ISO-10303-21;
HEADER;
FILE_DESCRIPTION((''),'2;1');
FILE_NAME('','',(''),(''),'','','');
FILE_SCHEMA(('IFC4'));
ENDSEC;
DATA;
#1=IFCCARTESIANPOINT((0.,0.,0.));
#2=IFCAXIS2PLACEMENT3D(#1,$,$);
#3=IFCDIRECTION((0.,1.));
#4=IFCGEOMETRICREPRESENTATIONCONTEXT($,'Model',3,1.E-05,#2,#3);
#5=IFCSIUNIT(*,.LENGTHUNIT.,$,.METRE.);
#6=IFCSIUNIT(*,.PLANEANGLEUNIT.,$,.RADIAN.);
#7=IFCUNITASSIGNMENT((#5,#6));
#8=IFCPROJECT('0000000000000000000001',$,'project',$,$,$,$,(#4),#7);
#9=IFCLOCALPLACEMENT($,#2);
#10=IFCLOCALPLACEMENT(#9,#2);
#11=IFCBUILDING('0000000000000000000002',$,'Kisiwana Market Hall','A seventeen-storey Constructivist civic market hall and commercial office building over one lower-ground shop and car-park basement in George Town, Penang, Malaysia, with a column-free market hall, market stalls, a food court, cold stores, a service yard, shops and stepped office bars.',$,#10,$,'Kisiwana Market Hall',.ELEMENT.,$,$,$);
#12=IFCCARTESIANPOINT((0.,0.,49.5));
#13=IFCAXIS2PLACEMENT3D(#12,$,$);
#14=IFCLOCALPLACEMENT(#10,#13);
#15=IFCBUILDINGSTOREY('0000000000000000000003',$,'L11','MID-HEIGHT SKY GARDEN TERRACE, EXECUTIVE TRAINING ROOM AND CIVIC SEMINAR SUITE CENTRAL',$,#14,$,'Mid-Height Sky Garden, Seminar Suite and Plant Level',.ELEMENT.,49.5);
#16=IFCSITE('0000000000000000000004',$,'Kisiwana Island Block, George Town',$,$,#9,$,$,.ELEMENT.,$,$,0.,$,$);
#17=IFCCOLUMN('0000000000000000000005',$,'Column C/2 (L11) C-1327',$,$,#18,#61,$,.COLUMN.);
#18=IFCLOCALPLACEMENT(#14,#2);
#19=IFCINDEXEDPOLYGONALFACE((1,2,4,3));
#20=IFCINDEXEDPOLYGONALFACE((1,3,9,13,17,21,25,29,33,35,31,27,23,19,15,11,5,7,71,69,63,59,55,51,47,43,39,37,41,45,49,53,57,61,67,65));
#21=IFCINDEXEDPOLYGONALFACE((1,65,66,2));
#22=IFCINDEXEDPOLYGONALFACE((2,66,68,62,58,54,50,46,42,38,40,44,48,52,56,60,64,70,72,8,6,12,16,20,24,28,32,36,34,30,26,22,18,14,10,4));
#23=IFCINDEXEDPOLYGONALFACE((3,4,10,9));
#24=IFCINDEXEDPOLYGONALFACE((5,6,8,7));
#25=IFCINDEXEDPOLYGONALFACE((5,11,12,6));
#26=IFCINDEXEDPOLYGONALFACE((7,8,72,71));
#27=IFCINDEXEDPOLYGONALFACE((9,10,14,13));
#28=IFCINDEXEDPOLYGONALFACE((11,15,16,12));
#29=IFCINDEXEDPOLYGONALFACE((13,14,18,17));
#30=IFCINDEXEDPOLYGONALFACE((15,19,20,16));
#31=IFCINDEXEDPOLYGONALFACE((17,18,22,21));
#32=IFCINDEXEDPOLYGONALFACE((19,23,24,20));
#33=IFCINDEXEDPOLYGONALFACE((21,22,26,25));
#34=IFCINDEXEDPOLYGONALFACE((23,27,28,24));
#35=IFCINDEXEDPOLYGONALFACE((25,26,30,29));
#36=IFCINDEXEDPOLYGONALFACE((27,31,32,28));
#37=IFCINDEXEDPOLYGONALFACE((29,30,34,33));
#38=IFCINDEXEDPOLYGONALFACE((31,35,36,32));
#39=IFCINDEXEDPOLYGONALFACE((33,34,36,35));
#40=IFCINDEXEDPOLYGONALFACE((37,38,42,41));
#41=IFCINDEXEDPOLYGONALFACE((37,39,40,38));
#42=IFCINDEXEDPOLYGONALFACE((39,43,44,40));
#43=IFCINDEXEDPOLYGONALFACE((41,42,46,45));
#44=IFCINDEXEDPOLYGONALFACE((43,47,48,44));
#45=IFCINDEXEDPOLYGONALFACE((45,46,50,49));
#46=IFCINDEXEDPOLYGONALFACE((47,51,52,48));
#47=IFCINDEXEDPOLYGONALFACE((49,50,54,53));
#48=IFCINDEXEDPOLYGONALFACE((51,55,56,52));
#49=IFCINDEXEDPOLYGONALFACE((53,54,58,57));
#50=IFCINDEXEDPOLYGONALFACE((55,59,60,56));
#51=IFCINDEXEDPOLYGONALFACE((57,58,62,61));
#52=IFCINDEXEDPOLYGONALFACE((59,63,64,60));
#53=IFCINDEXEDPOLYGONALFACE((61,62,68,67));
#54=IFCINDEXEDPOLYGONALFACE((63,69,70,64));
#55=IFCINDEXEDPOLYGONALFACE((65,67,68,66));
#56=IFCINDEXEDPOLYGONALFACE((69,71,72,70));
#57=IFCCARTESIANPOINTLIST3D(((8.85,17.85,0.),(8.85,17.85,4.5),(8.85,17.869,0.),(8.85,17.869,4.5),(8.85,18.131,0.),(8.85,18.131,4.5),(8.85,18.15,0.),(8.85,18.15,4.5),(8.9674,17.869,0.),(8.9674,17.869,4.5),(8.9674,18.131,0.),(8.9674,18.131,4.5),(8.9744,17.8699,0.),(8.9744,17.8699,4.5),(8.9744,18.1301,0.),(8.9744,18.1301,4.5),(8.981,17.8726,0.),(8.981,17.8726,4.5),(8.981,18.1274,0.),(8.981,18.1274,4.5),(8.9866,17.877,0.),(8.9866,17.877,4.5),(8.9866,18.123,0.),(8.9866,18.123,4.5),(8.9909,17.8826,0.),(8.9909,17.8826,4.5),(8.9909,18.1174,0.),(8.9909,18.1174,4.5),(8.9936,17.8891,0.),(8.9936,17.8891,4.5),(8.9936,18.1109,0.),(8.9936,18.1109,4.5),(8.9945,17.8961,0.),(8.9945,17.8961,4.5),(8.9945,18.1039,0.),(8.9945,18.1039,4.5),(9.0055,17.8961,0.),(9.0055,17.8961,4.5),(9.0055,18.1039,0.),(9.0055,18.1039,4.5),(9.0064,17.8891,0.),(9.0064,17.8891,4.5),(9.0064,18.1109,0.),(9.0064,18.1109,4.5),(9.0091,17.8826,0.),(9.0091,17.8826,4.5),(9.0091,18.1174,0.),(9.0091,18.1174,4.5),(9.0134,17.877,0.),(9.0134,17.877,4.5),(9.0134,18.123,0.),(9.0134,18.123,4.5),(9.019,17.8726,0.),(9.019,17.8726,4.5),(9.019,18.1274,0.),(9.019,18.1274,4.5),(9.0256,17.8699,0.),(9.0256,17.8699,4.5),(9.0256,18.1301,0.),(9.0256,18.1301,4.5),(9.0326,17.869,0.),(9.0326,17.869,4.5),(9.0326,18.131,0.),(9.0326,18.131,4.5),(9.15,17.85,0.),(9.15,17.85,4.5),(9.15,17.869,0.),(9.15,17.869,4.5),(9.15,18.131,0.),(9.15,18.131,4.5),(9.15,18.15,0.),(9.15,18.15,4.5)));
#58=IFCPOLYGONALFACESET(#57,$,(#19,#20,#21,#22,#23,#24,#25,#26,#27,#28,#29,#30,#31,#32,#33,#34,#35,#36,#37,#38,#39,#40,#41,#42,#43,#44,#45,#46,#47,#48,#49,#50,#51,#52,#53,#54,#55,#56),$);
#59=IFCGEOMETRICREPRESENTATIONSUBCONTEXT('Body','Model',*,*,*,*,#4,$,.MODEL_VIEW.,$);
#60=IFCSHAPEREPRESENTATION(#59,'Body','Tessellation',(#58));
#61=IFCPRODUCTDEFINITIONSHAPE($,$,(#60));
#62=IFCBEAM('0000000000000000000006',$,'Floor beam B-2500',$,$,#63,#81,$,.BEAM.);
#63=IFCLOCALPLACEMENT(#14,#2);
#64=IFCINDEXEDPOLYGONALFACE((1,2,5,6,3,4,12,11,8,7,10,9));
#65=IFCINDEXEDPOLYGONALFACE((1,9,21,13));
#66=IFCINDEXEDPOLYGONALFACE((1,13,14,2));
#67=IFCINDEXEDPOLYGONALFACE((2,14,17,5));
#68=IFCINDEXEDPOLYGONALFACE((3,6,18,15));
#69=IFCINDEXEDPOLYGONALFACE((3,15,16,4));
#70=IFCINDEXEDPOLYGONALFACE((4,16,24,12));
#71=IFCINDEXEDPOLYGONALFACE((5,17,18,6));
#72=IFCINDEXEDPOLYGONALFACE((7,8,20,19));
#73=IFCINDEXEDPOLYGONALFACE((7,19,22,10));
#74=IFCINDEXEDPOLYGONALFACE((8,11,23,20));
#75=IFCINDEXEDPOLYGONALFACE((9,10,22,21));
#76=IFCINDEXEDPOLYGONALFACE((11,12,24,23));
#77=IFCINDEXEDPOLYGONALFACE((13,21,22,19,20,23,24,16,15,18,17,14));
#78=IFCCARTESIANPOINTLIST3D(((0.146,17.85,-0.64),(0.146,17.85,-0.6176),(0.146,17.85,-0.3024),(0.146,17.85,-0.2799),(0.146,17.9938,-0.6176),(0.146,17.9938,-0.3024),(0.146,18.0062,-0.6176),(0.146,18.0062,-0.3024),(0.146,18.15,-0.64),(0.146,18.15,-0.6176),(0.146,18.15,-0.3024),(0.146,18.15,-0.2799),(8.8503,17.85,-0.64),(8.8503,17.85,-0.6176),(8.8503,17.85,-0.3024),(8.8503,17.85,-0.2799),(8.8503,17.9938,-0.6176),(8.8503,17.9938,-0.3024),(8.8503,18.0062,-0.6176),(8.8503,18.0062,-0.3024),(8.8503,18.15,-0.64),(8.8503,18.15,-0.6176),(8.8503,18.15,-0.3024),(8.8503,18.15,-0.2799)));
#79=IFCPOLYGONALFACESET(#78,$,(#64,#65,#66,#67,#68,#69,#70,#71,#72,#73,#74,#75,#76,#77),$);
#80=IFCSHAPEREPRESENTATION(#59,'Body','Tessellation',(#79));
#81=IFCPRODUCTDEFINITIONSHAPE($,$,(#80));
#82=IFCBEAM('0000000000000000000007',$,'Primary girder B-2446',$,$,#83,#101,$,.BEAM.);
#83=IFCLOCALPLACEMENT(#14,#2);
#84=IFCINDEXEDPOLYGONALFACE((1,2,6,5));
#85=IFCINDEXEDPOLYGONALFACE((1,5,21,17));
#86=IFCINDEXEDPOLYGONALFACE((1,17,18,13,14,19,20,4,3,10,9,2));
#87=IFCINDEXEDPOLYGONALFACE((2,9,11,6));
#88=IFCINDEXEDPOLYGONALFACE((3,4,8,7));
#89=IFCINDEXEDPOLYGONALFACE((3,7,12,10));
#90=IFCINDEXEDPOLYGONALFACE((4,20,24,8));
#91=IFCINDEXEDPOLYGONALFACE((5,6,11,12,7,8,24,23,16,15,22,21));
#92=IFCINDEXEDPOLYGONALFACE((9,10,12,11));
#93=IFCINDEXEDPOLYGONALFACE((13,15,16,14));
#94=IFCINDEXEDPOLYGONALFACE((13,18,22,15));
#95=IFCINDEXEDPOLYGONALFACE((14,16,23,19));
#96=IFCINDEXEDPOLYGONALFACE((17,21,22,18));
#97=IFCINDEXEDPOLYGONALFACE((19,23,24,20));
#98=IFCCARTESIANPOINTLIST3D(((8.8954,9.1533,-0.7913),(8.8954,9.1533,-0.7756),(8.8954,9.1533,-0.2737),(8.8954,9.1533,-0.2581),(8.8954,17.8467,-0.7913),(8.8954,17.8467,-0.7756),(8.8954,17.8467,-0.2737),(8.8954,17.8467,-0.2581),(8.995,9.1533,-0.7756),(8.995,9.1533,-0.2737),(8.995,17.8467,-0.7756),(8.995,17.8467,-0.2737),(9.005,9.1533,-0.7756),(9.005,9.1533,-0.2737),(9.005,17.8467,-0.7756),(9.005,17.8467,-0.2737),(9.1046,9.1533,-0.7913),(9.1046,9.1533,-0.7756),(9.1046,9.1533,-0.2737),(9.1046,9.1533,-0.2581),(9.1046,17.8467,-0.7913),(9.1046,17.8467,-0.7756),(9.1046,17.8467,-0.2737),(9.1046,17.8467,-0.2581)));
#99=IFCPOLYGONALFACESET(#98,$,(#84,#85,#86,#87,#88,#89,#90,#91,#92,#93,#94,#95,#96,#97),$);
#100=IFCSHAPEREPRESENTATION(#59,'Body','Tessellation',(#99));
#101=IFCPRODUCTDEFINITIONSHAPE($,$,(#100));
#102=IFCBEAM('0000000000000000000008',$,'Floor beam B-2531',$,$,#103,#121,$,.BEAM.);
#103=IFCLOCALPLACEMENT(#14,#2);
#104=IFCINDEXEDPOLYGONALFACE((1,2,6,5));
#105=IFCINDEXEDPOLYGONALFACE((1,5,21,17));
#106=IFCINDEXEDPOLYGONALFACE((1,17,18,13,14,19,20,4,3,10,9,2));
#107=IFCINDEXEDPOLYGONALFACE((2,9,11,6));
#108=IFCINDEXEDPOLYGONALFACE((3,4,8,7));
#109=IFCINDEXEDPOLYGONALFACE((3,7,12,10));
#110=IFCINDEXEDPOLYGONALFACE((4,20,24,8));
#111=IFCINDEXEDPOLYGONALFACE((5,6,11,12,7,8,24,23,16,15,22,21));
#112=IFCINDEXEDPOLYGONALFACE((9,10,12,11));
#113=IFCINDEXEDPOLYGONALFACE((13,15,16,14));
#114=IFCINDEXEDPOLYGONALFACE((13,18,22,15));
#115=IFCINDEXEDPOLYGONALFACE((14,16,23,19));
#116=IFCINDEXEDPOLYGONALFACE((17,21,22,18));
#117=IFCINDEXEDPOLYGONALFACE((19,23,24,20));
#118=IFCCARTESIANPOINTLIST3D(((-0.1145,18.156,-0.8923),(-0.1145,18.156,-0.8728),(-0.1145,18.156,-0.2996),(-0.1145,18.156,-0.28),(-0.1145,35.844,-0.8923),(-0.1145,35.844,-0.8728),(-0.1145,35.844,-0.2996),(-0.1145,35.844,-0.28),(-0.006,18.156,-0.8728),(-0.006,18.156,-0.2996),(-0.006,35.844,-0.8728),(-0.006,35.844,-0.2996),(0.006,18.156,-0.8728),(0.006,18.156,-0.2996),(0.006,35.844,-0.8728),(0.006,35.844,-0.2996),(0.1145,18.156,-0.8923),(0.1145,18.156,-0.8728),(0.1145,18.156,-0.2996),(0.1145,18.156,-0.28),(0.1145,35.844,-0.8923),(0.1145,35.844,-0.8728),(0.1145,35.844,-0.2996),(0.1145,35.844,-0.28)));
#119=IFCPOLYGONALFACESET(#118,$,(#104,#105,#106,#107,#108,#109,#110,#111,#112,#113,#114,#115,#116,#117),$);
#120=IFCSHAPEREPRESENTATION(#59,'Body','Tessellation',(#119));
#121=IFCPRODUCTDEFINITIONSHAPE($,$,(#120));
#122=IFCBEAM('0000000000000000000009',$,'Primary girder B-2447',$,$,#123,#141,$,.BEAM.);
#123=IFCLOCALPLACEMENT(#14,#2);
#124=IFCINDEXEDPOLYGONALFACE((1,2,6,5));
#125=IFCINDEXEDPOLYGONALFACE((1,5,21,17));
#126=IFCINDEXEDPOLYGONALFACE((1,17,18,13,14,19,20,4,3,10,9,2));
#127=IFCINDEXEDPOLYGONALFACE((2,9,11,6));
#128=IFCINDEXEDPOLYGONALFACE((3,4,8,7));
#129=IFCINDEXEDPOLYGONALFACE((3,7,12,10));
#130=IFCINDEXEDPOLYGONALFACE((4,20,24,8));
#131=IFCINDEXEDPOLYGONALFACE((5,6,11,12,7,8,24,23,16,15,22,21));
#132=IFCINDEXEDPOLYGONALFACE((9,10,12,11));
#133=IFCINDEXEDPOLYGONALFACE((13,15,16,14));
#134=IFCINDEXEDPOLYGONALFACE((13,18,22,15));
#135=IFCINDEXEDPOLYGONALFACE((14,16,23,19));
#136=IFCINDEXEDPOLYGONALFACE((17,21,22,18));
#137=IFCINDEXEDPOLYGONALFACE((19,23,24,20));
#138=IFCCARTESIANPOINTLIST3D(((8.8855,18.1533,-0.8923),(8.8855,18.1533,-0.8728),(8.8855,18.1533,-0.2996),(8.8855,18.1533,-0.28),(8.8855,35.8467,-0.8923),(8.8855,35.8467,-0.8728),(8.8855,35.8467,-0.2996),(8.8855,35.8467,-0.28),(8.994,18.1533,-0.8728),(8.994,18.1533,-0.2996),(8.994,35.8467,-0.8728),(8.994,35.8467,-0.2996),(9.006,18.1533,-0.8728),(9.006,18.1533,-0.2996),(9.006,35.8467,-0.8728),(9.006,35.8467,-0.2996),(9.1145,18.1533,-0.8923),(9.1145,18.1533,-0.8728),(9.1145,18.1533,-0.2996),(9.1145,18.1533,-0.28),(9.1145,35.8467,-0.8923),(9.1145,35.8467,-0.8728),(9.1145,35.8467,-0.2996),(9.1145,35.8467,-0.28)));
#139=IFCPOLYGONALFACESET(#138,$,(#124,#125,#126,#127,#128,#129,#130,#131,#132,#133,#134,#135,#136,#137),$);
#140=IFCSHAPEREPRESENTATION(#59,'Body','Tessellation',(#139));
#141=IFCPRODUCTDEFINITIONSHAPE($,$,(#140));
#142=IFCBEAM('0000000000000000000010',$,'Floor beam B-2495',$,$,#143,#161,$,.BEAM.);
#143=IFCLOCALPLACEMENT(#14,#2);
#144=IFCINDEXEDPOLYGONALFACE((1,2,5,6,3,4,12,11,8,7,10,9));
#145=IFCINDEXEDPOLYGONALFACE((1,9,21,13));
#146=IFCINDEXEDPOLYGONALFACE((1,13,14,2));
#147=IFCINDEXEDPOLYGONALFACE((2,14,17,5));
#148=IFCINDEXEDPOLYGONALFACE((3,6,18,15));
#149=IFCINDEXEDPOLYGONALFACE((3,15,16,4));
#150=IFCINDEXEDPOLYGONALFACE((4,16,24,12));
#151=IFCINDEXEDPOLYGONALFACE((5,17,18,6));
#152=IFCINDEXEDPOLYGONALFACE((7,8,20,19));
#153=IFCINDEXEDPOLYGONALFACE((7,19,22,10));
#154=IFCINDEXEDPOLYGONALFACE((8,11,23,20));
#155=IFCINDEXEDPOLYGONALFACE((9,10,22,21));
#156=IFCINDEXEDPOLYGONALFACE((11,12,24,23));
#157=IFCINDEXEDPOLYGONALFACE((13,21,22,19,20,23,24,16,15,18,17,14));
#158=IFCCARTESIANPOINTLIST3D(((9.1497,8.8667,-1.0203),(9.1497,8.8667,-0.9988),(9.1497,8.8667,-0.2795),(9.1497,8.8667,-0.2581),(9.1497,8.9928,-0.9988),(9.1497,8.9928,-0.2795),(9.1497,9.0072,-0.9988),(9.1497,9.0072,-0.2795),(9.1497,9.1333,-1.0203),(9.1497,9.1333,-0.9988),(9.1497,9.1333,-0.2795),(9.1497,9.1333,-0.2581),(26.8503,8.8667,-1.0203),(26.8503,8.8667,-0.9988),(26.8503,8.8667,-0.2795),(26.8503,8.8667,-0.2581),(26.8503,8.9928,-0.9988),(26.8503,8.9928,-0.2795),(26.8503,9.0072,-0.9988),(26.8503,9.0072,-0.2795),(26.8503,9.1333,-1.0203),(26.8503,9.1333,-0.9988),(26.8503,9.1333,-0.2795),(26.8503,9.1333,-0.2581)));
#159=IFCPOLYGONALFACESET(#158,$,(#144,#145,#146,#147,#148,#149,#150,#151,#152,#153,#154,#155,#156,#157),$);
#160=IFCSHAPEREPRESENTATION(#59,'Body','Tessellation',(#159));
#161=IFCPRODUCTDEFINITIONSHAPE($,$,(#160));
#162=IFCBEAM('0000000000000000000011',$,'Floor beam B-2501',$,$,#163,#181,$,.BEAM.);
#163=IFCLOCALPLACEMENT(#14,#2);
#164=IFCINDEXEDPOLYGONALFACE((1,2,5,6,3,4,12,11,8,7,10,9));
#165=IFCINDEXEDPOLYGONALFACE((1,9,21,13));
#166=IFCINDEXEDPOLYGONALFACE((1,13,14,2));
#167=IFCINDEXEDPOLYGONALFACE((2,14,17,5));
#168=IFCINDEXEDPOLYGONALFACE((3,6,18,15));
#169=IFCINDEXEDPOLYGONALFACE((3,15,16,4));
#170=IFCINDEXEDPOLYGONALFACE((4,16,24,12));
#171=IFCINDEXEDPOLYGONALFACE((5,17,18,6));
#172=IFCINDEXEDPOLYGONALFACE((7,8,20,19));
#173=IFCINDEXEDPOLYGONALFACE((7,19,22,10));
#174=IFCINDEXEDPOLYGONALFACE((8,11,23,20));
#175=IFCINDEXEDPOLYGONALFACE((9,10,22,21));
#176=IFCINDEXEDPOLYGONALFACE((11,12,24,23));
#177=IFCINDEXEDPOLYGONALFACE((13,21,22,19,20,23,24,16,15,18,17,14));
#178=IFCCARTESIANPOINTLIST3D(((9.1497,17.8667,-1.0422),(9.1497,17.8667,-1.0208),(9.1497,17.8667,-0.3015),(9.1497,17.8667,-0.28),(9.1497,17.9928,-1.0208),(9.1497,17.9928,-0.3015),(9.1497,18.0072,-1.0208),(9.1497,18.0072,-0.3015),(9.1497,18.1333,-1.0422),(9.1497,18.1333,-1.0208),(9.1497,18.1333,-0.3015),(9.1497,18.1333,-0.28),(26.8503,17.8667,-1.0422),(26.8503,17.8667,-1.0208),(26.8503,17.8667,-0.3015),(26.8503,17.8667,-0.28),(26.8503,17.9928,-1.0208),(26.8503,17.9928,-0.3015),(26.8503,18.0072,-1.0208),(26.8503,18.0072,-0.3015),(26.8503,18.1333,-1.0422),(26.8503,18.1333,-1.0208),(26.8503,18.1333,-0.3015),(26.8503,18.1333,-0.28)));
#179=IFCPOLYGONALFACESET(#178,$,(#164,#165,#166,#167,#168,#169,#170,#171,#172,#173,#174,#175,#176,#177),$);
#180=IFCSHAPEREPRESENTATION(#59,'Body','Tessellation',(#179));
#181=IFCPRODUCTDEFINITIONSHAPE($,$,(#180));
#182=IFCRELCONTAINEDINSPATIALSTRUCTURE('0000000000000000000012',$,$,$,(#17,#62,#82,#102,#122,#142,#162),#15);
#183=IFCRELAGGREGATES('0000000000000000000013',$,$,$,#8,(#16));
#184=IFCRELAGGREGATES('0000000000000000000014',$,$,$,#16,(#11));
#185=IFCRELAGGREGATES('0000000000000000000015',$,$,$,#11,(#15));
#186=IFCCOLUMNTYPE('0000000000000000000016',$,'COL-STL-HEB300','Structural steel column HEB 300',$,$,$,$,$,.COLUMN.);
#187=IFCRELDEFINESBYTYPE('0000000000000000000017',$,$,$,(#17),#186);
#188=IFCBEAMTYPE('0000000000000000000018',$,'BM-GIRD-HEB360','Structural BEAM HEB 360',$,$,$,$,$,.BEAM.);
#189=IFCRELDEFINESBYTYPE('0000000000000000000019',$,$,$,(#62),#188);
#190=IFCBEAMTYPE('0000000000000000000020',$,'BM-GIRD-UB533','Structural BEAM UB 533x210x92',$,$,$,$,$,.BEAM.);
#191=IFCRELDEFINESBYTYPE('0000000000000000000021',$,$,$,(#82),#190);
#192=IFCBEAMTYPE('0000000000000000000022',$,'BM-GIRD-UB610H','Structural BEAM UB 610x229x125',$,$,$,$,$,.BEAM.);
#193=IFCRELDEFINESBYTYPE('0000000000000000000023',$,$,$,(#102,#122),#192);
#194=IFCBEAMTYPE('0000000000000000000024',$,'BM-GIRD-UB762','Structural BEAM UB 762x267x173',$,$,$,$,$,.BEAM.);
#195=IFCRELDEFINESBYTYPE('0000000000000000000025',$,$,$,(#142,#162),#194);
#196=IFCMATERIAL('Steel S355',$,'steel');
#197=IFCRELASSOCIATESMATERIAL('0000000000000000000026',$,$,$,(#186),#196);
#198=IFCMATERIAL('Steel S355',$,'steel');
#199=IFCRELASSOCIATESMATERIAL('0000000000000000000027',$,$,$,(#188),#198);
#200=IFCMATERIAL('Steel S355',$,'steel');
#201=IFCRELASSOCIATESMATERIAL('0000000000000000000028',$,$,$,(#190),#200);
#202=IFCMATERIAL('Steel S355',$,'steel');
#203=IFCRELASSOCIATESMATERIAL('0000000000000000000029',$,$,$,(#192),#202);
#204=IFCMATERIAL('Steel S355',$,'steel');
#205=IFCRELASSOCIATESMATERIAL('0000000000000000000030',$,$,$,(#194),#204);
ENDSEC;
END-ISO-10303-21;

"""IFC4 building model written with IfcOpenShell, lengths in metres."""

from ifc_helpers import new_model, si_unit, direction, frame, origin, origin_2d, place, context, subcontext, project, spatial, i_section, extrude, material, material_profile, profile_set, type_object, element, save


model = new_model("IFC4")

# Units and contexts
model_context = context("Model", 3, precision=1e-05, world=origin(), true_north=direction((0.0, 1.0)))
body_context = subcontext(model_context, "Body", "Model", "MODEL_VIEW")
ifc_project = project(units=[si_unit("LENGTHUNIT", "METRE"), si_unit("PLANEANGLEUNIT", "RADIAN")], contexts=[model_context])

# Site, building, storey
site_placement = place(None, origin())
site = spatial("IfcSite", under=ifc_project, at=site_placement, Name="Kisiwana Island Block, George Town", CompositionType="ELEMENT", RefElevation=0.0)
building_placement = place(site_placement, origin())
building = spatial("IfcBuilding", under=site, at=building_placement, Name="Kisiwana Market Hall", Description="A seventeen-storey Constructivist civic market hall and commercial office building over one lower-ground shop and car-park basement in George Town, Penang, Malaysia, with a column-free market hall, market stalls, a food court, cold stores, a service yard, shops and stepped office bars.", LongName="Kisiwana Market Hall", CompositionType="ELEMENT")
storey_placement = place(building_placement, frame((0.0, 0.0, 49.5)))
storey = spatial("IfcBuildingStorey", under=building, at=storey_placement, Name="L11", Description="MID-HEIGHT SKY GARDEN TERRACE, EXECUTIVE TRAINING ROOM AND CIVIC SEMINAR SUITE CENTRAL", LongName="Mid-Height Sky Garden, Seminar Suite and Plant Level", CompositionType="ELEMENT", Elevation=49.5)

# Column
ifc_material_1 = material(Name="Steel S355", Category="steel")
ifc_material_profile_1 = material_profile(ifc_material_1, i_section(OverallWidth=0.3, OverallDepth=0.3, WebThickness=0.011, FlangeThickness=0.019, FilletRadius=0.0271, at=origin_2d()), Name="HEB 300")
ifc_profile_set_1 = profile_set([ifc_material_profile_1], Name="Steel S355")
column_type = type_object("IfcColumnType", Name="COL-STL-HEB300", Description="Structural steel column HEB 300", PredefinedType="COLUMN", material=ifc_profile_set_1)
column_placement = place(storey_placement, frame((9.0, 18.0, 0.0), z_axis=(0.0, 0.0, 1.0), x_axis=(1.0, 0.0, 0.0)))
element("IfcColumn", 1, at=column_placement, inside=storey, type_object=column_type, Name="Column C/2 (L11) C-1327", PredefinedType="COLUMN", context=body_context, shape_type="SweptSolid", body=[
    extrude(i_section(OverallWidth=0.3, OverallDepth=0.3, WebThickness=0.011, FlangeThickness=0.019, FilletRadius=0.0271, at=origin_2d()), origin(), (0.0, 0.0, 1.0), 4.5),
])

# Beams
ifc_material_2 = material(Name="Steel S355", Category="steel")
ifc_material_profile_2 = material_profile(ifc_material_2, i_section(OverallWidth=0.3, OverallDepth=0.3601, WebThickness=0.0125, FlangeThickness=0.0225, at=origin_2d()), Name="HEB 360")
ifc_profile_set_2 = profile_set([ifc_material_profile_2], Name="Steel S355")
beam_type_1 = type_object("IfcBeamType", Name="BM-GIRD-HEB360", Description="Structural BEAM HEB 360", PredefinedType="BEAM", material=ifc_profile_set_2)
beam_1_placement = place(storey_placement, frame((0.146, 18.0, -0.46), z_axis=(1.0, 0.0, 0.0), x_axis=(0.0, 1.0, 0.0)))
element("IfcBeam", 2, at=beam_1_placement, inside=storey, type_object=beam_type_1, Name="Floor beam B-2500", PredefinedType="BEAM", context=body_context, shape_type="SweptSolid", body=[
    extrude(i_section(OverallWidth=0.3, OverallDepth=0.3601, WebThickness=0.0125, FlangeThickness=0.0225, at=origin_2d()), origin(), (0.0, 0.0, 1.0), 8.7043),
])
ifc_material_3 = material(Name="Steel S355", Category="steel")
ifc_material_profile_3 = material_profile(ifc_material_3, i_section(OverallWidth=0.2092, OverallDepth=0.5332, WebThickness=0.01, FlangeThickness=0.0156, at=origin_2d()), Name="UB 533x210x92")
ifc_profile_set_3 = profile_set([ifc_material_profile_3], Name="Steel S355")
beam_type_2 = type_object("IfcBeamType", Name="BM-GIRD-UB533", Description="Structural BEAM UB 533x210x92", PredefinedType="BEAM", material=ifc_profile_set_3)
beam_2_placement = place(storey_placement, frame((9.0, 9.1533, -0.5247), z_axis=(0.0, 1.0, 0.0), x_axis=(-1.0, 0.0, 0.0)))
element("IfcBeam", 3, at=beam_2_placement, inside=storey, type_object=beam_type_2, Name="Primary girder B-2446", PredefinedType="BEAM", context=body_context, shape_type="SweptSolid", body=[
    extrude(i_section(OverallWidth=0.2092, OverallDepth=0.5332, WebThickness=0.01, FlangeThickness=0.0156, at=origin_2d()), origin(), (0.0, 0.0, 1.0), 8.6934),
])
ifc_material_4 = material(Name="Steel S355", Category="steel")
ifc_material_profile_4 = material_profile(ifc_material_4, i_section(OverallWidth=0.229, OverallDepth=0.6123, WebThickness=0.012, FlangeThickness=0.0195, at=origin_2d()), Name="UB 610x229x125")
ifc_profile_set_4 = profile_set([ifc_material_profile_4], Name="Steel S355")
beam_type_3 = type_object("IfcBeamType", Name="BM-GIRD-UB610H", Description="Structural BEAM UB 610x229x125", PredefinedType="BEAM", material=ifc_profile_set_4)
beam_3_placement = place(storey_placement, frame((0.0, 18.156, -0.5862), z_axis=(0.0, 1.0, 0.0), x_axis=(-1.0, 0.0, 0.0)))
element("IfcBeam", 4, at=beam_3_placement, inside=storey, type_object=beam_type_3, Name="Floor beam B-2531", PredefinedType="BEAM", context=body_context, shape_type="SweptSolid", body=[
    extrude(i_section(OverallWidth=0.229, OverallDepth=0.6123, WebThickness=0.012, FlangeThickness=0.0195, at=origin_2d()), origin(), (0.0, 0.0, 1.0), 17.688),
])
beam_4_placement = place(storey_placement, frame((9.0, 18.1533, -0.5862), z_axis=(0.0, 1.0, 0.0), x_axis=(-1.0, 0.0, 0.0)))
element("IfcBeam", 5, at=beam_4_placement, inside=storey, type_object=beam_type_3, Name="Primary girder B-2447", PredefinedType="BEAM", context=body_context, shape_type="SweptSolid", body=[
    extrude(i_section(OverallWidth=0.229, OverallDepth=0.6123, WebThickness=0.012, FlangeThickness=0.0195, at=origin_2d()), origin(), (0.0, 0.0, 1.0), 17.6934),
])
ifc_material_5 = material(Name="Steel S355", Category="steel")
ifc_material_profile_5 = material_profile(ifc_material_5, i_section(OverallWidth=0.2666, OverallDepth=0.7622, WebThickness=0.0144, FlangeThickness=0.0215, at=origin_2d()), Name="UB 762x267x173")
ifc_profile_set_5 = profile_set([ifc_material_profile_5], Name="Steel S355")
beam_type_4 = type_object("IfcBeamType", Name="BM-GIRD-UB762", Description="Structural BEAM UB 762x267x173", PredefinedType="BEAM", material=ifc_profile_set_5)
for number, where, z_axis, x_axis, name in (
    (6, (9.1497, 9.0, -0.6392), (1.0, 0.0, 0.0), (0.0, 1.0, 0.0), "Floor beam B-2495"),
    (7, (9.1497, 18.0, -0.6611), (1.0, 0.0, 0.0), (0.0, 1.0, 0.0), "Floor beam B-2501"),
):
    element("IfcBeam", number, at=place(storey_placement, frame(where, z_axis=z_axis, x_axis=x_axis)), inside=storey, type_object=beam_type_4, Name=name, PredefinedType="BEAM", context=body_context, shape_type="SweptSolid", body=[
        extrude(i_section(OverallWidth=0.2666, OverallDepth=0.7622, WebThickness=0.0144, FlangeThickness=0.0215, at=origin_2d()), origin(), (0.0, 0.0, 1.0), 17.7007),
    ])

save(model, "model.ifc")
